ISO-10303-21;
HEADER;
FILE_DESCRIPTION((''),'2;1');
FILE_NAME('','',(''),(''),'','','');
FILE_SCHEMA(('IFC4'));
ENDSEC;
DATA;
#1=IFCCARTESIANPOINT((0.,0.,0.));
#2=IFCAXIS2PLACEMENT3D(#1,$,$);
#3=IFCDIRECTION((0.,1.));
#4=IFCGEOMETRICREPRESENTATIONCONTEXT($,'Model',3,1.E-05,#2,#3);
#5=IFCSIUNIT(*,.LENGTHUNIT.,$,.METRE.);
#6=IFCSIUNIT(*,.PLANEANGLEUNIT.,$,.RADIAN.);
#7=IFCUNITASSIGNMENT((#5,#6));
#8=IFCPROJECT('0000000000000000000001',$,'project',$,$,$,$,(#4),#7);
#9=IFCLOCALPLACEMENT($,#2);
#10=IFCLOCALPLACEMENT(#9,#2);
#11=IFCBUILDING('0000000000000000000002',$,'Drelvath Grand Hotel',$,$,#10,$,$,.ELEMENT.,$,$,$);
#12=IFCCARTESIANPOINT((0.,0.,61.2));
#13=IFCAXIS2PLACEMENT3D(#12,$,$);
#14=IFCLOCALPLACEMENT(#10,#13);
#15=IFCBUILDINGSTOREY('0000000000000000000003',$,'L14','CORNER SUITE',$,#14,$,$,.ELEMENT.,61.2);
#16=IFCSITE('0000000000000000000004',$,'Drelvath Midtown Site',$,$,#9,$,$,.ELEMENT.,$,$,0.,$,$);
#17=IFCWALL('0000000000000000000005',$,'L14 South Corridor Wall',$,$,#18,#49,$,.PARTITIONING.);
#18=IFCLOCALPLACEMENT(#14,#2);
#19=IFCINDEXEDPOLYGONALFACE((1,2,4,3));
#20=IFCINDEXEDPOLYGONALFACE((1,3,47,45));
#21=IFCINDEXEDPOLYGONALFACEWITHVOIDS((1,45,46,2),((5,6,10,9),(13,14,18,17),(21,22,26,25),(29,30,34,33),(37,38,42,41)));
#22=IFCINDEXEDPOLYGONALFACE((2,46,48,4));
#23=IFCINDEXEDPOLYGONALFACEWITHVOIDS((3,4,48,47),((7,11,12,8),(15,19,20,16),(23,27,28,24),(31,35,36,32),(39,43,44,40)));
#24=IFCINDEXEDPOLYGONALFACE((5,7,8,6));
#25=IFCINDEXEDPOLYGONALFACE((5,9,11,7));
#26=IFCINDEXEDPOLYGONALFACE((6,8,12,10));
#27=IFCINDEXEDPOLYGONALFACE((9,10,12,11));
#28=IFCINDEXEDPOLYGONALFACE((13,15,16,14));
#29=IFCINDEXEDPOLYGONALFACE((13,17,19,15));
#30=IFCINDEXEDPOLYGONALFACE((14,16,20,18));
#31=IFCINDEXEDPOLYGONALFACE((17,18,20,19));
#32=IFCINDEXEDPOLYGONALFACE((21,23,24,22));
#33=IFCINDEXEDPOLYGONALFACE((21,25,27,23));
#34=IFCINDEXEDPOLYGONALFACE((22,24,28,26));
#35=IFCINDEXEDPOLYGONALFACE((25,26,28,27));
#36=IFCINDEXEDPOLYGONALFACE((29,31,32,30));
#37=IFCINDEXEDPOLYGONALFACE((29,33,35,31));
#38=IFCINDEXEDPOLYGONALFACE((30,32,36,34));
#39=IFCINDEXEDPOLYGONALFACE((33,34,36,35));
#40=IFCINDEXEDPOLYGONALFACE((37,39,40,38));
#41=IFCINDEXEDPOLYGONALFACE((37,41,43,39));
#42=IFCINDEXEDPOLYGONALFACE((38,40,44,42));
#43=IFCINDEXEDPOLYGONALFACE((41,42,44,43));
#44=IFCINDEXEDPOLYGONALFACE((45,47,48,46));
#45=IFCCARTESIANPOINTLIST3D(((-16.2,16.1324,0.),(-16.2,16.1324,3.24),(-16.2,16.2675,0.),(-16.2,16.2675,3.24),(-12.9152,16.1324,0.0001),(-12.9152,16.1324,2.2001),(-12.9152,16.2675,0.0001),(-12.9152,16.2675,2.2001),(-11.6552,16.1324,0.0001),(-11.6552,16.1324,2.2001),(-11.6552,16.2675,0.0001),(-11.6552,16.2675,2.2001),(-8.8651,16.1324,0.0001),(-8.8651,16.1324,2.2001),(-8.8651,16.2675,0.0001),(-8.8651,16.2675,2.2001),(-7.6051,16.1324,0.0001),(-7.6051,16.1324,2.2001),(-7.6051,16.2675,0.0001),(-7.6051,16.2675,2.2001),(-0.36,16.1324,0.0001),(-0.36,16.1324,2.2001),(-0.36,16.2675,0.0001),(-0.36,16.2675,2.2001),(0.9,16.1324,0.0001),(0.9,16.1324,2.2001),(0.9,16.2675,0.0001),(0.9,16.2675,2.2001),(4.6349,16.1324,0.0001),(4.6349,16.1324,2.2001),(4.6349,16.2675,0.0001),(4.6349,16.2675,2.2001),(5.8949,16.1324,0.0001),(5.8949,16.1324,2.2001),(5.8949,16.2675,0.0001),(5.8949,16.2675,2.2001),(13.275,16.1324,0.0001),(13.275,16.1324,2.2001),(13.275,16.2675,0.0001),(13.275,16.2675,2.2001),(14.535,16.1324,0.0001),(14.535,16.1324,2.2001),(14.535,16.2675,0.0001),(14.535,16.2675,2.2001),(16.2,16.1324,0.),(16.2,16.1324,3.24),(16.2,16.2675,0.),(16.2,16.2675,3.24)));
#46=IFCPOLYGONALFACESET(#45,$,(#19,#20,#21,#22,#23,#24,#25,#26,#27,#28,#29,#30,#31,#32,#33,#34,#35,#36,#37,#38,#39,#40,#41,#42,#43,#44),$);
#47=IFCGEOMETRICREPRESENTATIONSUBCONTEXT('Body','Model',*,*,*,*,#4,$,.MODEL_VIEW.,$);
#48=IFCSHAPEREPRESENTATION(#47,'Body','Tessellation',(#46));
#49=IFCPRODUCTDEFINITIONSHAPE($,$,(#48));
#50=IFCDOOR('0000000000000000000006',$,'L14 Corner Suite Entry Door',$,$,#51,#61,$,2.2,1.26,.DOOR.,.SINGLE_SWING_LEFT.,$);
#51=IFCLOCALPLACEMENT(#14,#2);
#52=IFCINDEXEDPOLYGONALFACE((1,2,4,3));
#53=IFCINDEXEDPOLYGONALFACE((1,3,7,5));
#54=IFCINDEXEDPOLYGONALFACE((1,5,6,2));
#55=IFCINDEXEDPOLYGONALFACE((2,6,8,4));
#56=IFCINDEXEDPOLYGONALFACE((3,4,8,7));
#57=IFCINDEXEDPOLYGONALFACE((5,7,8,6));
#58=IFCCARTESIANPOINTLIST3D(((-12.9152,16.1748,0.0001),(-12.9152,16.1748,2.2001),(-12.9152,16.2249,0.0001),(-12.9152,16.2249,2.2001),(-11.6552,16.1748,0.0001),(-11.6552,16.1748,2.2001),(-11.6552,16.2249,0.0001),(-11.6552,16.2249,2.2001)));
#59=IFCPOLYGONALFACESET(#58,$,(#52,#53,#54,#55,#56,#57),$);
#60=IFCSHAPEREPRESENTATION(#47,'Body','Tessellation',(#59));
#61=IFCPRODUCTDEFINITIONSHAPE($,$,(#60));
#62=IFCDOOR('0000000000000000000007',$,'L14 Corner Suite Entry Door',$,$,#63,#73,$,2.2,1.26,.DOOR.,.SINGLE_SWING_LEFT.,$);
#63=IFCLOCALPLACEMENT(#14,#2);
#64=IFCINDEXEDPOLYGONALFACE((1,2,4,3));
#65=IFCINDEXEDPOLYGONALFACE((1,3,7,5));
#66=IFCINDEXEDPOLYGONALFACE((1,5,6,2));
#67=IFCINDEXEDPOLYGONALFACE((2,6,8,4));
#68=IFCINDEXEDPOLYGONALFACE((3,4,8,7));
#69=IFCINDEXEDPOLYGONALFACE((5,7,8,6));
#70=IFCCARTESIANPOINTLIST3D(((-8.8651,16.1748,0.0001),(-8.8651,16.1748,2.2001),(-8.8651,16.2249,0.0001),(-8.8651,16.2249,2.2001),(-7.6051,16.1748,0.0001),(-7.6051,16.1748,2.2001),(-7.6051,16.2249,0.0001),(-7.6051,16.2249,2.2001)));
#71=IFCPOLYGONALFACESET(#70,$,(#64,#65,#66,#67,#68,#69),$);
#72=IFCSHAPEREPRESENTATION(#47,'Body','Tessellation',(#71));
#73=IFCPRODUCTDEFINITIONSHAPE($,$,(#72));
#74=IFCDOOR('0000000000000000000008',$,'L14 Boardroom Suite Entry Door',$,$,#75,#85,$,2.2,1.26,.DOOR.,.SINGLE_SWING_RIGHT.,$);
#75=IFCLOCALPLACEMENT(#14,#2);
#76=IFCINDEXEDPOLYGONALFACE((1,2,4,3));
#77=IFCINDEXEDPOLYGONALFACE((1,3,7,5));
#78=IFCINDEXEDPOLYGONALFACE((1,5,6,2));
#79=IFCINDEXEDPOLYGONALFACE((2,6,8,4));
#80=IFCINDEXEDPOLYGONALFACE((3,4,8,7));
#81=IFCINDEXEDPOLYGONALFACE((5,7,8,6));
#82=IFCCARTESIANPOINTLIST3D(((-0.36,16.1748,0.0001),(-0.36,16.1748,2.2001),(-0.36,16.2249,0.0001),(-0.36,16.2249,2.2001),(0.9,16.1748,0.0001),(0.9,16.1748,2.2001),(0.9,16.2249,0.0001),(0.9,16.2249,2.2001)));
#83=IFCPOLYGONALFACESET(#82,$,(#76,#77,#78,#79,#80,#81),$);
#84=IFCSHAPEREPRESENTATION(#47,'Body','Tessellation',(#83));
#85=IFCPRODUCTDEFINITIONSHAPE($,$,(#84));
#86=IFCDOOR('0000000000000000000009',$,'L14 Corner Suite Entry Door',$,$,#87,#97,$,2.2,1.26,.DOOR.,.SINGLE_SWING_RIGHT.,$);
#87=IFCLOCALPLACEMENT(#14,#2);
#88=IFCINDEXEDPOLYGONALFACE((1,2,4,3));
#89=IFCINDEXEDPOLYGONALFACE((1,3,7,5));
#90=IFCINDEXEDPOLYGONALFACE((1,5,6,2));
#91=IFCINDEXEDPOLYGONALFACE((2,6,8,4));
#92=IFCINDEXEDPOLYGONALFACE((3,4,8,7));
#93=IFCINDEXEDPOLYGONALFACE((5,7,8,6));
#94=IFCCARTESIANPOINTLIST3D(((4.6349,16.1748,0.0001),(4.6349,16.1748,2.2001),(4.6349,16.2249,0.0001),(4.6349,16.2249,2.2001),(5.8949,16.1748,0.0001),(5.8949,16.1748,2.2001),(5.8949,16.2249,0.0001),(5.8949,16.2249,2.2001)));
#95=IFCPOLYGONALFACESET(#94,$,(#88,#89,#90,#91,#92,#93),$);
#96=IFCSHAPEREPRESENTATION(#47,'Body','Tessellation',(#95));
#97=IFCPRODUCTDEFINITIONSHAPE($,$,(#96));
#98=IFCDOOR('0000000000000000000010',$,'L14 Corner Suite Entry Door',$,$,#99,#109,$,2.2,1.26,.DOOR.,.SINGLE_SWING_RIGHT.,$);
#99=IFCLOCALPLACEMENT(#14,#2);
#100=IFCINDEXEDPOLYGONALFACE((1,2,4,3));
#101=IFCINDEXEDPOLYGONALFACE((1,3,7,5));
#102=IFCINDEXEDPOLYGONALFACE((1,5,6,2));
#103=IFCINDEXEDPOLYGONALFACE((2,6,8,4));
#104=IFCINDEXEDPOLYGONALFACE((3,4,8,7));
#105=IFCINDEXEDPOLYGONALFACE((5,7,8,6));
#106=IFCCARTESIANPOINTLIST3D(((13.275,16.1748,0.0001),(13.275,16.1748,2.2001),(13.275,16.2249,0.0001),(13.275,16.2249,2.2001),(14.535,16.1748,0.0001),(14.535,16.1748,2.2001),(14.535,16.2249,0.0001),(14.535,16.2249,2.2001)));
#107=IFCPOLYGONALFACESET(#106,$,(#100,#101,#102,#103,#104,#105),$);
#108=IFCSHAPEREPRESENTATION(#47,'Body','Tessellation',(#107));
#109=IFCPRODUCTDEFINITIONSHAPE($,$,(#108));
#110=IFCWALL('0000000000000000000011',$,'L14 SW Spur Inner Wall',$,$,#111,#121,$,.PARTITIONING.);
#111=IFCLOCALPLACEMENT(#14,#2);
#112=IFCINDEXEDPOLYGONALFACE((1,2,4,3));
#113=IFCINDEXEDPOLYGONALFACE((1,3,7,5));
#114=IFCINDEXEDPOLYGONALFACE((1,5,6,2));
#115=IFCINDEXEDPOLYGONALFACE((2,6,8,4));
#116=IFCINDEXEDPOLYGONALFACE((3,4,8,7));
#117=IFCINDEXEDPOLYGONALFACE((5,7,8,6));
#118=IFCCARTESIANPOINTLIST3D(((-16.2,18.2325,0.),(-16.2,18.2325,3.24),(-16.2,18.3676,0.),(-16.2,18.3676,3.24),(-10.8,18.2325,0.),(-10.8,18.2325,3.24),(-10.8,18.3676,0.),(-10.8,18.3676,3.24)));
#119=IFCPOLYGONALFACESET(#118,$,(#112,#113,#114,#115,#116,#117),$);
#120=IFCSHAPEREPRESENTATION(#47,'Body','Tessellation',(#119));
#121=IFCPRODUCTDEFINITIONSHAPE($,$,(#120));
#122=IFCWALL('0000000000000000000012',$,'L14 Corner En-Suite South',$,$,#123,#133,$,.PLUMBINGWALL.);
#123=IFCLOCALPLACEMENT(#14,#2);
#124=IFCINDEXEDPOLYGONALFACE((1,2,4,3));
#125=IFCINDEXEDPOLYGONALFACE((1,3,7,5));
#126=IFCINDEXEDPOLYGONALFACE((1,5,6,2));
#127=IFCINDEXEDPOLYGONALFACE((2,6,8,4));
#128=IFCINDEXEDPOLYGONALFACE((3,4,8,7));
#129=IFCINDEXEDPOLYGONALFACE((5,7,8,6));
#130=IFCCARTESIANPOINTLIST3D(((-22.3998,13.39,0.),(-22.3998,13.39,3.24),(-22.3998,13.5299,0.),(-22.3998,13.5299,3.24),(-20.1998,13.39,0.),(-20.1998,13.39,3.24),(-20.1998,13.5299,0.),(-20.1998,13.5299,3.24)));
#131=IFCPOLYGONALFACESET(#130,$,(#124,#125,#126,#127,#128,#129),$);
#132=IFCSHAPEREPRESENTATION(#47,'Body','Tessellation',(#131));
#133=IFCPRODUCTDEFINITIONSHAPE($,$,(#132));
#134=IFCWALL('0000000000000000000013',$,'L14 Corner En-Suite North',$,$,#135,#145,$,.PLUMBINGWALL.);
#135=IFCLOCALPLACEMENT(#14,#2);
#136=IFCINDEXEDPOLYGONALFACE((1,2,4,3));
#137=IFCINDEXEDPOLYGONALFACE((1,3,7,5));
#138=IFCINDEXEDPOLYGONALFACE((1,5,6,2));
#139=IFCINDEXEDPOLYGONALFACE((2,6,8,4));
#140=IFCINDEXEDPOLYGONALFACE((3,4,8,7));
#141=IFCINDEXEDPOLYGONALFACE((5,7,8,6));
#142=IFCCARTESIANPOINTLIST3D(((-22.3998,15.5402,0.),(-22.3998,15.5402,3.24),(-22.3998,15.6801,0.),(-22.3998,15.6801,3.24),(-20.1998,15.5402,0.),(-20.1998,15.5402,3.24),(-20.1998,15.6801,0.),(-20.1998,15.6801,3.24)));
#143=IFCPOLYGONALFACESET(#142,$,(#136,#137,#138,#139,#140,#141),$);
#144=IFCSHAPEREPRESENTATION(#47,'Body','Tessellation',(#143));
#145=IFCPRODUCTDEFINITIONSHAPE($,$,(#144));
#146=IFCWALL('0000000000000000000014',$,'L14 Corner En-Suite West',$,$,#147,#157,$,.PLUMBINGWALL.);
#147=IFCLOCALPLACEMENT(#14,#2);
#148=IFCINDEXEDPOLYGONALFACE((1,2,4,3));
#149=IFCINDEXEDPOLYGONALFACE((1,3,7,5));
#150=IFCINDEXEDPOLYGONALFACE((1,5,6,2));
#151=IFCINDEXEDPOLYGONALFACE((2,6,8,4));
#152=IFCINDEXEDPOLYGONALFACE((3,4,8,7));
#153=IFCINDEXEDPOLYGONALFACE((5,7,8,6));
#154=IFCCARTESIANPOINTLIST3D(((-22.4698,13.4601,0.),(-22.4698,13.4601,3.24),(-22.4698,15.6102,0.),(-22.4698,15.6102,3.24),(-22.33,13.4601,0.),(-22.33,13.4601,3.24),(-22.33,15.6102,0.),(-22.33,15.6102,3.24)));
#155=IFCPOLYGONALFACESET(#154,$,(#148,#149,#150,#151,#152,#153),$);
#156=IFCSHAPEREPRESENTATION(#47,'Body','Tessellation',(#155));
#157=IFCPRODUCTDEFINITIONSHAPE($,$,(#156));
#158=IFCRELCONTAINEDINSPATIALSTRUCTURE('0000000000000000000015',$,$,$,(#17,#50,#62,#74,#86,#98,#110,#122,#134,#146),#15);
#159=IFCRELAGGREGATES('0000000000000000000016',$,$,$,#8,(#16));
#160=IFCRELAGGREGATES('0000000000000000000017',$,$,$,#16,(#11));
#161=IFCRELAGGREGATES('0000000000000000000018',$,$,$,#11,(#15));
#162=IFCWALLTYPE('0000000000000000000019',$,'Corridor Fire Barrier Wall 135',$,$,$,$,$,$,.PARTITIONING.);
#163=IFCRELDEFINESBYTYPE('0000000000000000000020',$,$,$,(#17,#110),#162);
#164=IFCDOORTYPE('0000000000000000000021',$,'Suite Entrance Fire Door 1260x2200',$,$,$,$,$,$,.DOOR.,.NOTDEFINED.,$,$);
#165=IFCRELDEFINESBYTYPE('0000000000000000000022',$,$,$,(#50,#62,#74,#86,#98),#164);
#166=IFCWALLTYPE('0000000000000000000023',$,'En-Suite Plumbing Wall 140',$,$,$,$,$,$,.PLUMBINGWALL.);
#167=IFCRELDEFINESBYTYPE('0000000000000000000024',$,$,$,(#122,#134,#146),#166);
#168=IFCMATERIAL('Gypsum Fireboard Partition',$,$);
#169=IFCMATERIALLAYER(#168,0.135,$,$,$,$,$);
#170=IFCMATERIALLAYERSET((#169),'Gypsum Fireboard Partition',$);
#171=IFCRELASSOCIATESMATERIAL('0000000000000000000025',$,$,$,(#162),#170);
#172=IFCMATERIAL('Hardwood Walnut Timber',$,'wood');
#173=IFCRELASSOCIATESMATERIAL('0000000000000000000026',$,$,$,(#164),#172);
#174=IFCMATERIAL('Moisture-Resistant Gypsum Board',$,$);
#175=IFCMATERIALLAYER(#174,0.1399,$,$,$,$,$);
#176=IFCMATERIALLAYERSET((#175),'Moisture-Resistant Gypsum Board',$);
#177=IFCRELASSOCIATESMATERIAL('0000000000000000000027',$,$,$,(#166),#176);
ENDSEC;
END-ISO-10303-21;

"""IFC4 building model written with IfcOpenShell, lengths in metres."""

from ifc_helpers import new_model, si_unit, direction, frame, frame_2d, origin, place, context, subcontext, project, spatial, rectangle, extrude, material, layer, layer_set, type_object, element, fill, save


model = new_model("IFC4")

# Units and contexts
model_context = context("Model", 3, precision=1e-05, world=origin(), true_north=direction((0.0, 1.0)))
body_context = subcontext(model_context, "Body", "Model", "MODEL_VIEW")
ifc_project = project(units=[si_unit("LENGTHUNIT", "METRE"), si_unit("PLANEANGLEUNIT", "RADIAN")], contexts=[model_context])

# Site, building, storey
site_placement = place(None, origin())
site = spatial("IfcSite", under=ifc_project, at=site_placement, Name="Drelvath Midtown Site", CompositionType="ELEMENT", RefElevation=0.0)
building_placement = place(site_placement, origin())
building = spatial("IfcBuilding", under=site, at=building_placement, Name="Drelvath Grand Hotel", CompositionType="ELEMENT")
storey_placement = place(building_placement, frame((0.0, 0.0, 61.2)))
storey = spatial("IfcBuildingStorey", under=building, at=storey_placement, Name="L14", Description="CORNER SUITE", CompositionType="ELEMENT", Elevation=61.2)

# Wall, openings, doors
ifc_material_1 = material(Name="Gypsum Fireboard Partition")
ifc_layer_1 = layer(ifc_material_1, 0.135)
ifc_layer_set_1 = layer_set([ifc_layer_1], Name="Gypsum Fireboard Partition")
wall_type_1 = type_object("IfcWallType", Name="Corridor Fire Barrier Wall 135", PredefinedType="PARTITIONING", material=ifc_layer_set_1)
wall_1_placement = place(storey_placement, frame((-16.2, 16.2, 0.0), z_axis=(0.0, 0.0, 1.0), x_axis=(1.0, 0.0, 0.0)))
wall_1 = element("IfcWall", 1, at=wall_1_placement, inside=storey, type_object=wall_type_1, Name="L14 South Corridor Wall", PredefinedType="PARTITIONING", context=body_context, shape_type="SweptSolid", body=[
    extrude(rectangle(XDim=32.3999, YDim=0.135, at=frame_2d((16.2, 0.0))), origin(), (0.0, 0.0, 1.0), 3.24),
])
opening_1_placement = place(wall_1_placement, frame((3.2849, 0.0, 0.0)))
opening_1 = element("IfcOpeningElement", 2, at=opening_1_placement, cuts=wall_1, PredefinedType="OPENING", context=body_context, shape_type="SweptSolid", body=[
    extrude(rectangle(XDim=1.26, YDim=2.2, at=frame_2d((0.6299, 1.1001))), frame((0.0, 0.0774, 0.0), z_axis=(0.0, -1.0, 0.0), x_axis=(1.0, 0.0, 0.0)), (0.0, 0.0, 1.0), 0.155),
])
opening_2_placement = place(wall_1_placement, frame((7.335, 0.0, 0.0)))
opening_2 = element("IfcOpeningElement", 3, at=opening_2_placement, cuts=wall_1, PredefinedType="OPENING", context=body_context, shape_type="SweptSolid", body=[
    extrude(rectangle(XDim=1.26, YDim=2.2, at=frame_2d((0.6299, 1.1001))), frame((0.0, 0.0774, 0.0), z_axis=(0.0, -1.0, 0.0), x_axis=(1.0, 0.0, 0.0)), (0.0, 0.0, 1.0), 0.155),
])
opening_3_placement = place(wall_1_placement, frame((15.8401, 0.0, 0.0)))
opening_3 = element("IfcOpeningElement", 4, at=opening_3_placement, cuts=wall_1, PredefinedType="OPENING", context=body_context, shape_type="SweptSolid", body=[
    extrude(rectangle(XDim=1.26, YDim=2.2, at=frame_2d((0.6299, 1.1001))), frame((0.0, 0.0774, 0.0), z_axis=(0.0, -1.0, 0.0), x_axis=(1.0, 0.0, 0.0)), (0.0, 0.0, 1.0), 0.155),
])
opening_4_placement = place(wall_1_placement, frame((20.835, 0.0, 0.0)))
opening_4 = element("IfcOpeningElement", 5, at=opening_4_placement, cuts=wall_1, PredefinedType="OPENING", context=body_context, shape_type="SweptSolid", body=[
    extrude(rectangle(XDim=1.26, YDim=2.2, at=frame_2d((0.6299, 1.1001))), frame((0.0, 0.0774, 0.0), z_axis=(0.0, -1.0, 0.0), x_axis=(1.0, 0.0, 0.0)), (0.0, 0.0, 1.0), 0.155),
])
opening_5_placement = place(wall_1_placement, frame((29.4751, 0.0, 0.0)))
opening_5 = element("IfcOpeningElement", 6, at=opening_5_placement, cuts=wall_1, PredefinedType="OPENING", context=body_context, shape_type="SweptSolid", body=[
    extrude(rectangle(XDim=1.26, YDim=2.2, at=frame_2d((0.6299, 1.1001))), frame((0.0, 0.0774, 0.0), z_axis=(0.0, -1.0, 0.0), x_axis=(1.0, 0.0, 0.0)), (0.0, 0.0, 1.0), 0.155),
])
ifc_material_2 = material(Name="Hardwood Walnut Timber", Category="wood")
door_type_1 = type_object("IfcDoorType", Name="Suite Entrance Fire Door 1260x2200", OperationType="NOTDEFINED", PredefinedType="DOOR", material=ifc_material_2)
door_1_placement = place(opening_1_placement, origin())
door_1 = element("IfcDoor", 7, at=door_1_placement, inside=storey, type_object=door_type_1, Name="L14 Corner Suite Entry Door", OperationType="SINGLE_SWING_LEFT", OverallHeight=2.2, OverallWidth=1.26, PredefinedType="DOOR", context=body_context, shape_type="SweptSolid", body=[
    extrude(rectangle(XDim=1.26, YDim=2.2, at=frame_2d((0.6299, 1.1001))), frame((0.0, 0.0249, 0.0), z_axis=(0.0, -1.0, 0.0), x_axis=(1.0, 0.0, 0.0)), (0.0, 0.0, 1.0), 0.05),
])
fill(opening_1, door_1)
door_2_placement = place(opening_2_placement, origin())
door_2 = element("IfcDoor", 8, at=door_2_placement, inside=storey, type_object=door_type_1, Name="L14 Corner Suite Entry Door", OperationType="SINGLE_SWING_LEFT", OverallHeight=2.2, OverallWidth=1.26, PredefinedType="DOOR", context=body_context, shape_type="SweptSolid", body=[
    extrude(rectangle(XDim=1.26, YDim=2.2, at=frame_2d((0.6299, 1.1001))), frame((0.0, 0.0249, 0.0), z_axis=(0.0, -1.0, 0.0), x_axis=(1.0, 0.0, 0.0)), (0.0, 0.0, 1.0), 0.05),
])
fill(opening_2, door_2)
door_3_placement = place(opening_3_placement, origin())
door_3 = element("IfcDoor", 9, at=door_3_placement, inside=storey, type_object=door_type_1, Name="L14 Boardroom Suite Entry Door", OperationType="SINGLE_SWING_RIGHT", OverallHeight=2.2, OverallWidth=1.26, PredefinedType="DOOR", context=body_context, shape_type="SweptSolid", body=[
    extrude(rectangle(XDim=1.26, YDim=2.2, at=frame_2d((0.6299, 1.1001))), frame((0.0, 0.0249, 0.0), z_axis=(0.0, -1.0, 0.0), x_axis=(1.0, 0.0, 0.0)), (0.0, 0.0, 1.0), 0.05),
])
fill(opening_3, door_3)
door_4_placement = place(opening_4_placement, origin())
door_4 = element("IfcDoor", 10, at=door_4_placement, inside=storey, type_object=door_type_1, Name="L14 Corner Suite Entry Door", OperationType="SINGLE_SWING_RIGHT", OverallHeight=2.2, OverallWidth=1.26, PredefinedType="DOOR", context=body_context, shape_type="SweptSolid", body=[
    extrude(rectangle(XDim=1.26, YDim=2.2, at=frame_2d((0.6299, 1.1001))), frame((0.0, 0.0249, 0.0), z_axis=(0.0, -1.0, 0.0), x_axis=(1.0, 0.0, 0.0)), (0.0, 0.0, 1.0), 0.05),
])
fill(opening_4, door_4)
door_5_placement = place(opening_5_placement, origin())
door_5 = element("IfcDoor", 11, at=door_5_placement, inside=storey, type_object=door_type_1, Name="L14 Corner Suite Entry Door", OperationType="SINGLE_SWING_RIGHT", OverallHeight=2.2, OverallWidth=1.26, PredefinedType="DOOR", context=body_context, shape_type="SweptSolid", body=[
    extrude(rectangle(XDim=1.26, YDim=2.2, at=frame_2d((0.6299, 1.1001))), frame((0.0, 0.0249, 0.0), z_axis=(0.0, -1.0, 0.0), x_axis=(1.0, 0.0, 0.0)), (0.0, 0.0, 1.0), 0.05),
])
fill(opening_5, door_5)

# Wall
wall_2_placement = place(storey_placement, frame((-16.2, 18.3, 0.0), z_axis=(0.0, 0.0, 1.0), x_axis=(1.0, 0.0, 0.0)))
element("IfcWall", 12, at=wall_2_placement, inside=storey, type_object=wall_type_1, Name="L14 SW Spur Inner Wall", PredefinedType="PARTITIONING", context=body_context, shape_type="SweptSolid", body=[
    extrude(rectangle(XDim=5.3999, YDim=0.135, at=frame_2d((2.7, 0.0))), origin(), (0.0, 0.0, 1.0), 3.24),
])

# Walls
ifc_material_3 = material(Name="Moisture-Resistant Gypsum Board")
ifc_layer_2 = layer(ifc_material_3, 0.1399)
ifc_layer_set_2 = layer_set([ifc_layer_2], Name="Moisture-Resistant Gypsum Board")
wall_type_2 = type_object("IfcWallType", Name="En-Suite Plumbing Wall 140", PredefinedType="PLUMBINGWALL", material=ifc_layer_set_2)
for number, where, z_axis, x_axis, name in (
    (13, (-22.3999, 13.46, 0.0), (0.0, 0.0, 1.0), (1.0, 0.0, 0.0), "L14 Corner En-Suite South"),
    (14, (-22.3999, 15.6101, 0.0), (0.0, 0.0, 1.0), (1.0, 0.0, 0.0), "L14 Corner En-Suite North"),
):
    element("IfcWall", number, at=place(storey_placement, frame(where, z_axis=z_axis, x_axis=x_axis)), inside=storey, type_object=wall_type_2, Name=name, PredefinedType="PLUMBINGWALL", context=body_context, shape_type="SweptSolid", body=[
        extrude(rectangle(XDim=2.2, YDim=0.1399, at=frame_2d((1.1001, 0.0))), origin(), (0.0, 0.0, 1.0), 3.24),
    ])
wall_3_placement = place(storey_placement, frame((-22.3999, 13.46, 0.0), z_axis=(0.0, 0.0, 1.0), x_axis=(0.0, 1.0, 0.0)))
element("IfcWall", 15, at=wall_3_placement, inside=storey, type_object=wall_type_2, Name="L14 Corner En-Suite West", PredefinedType="PLUMBINGWALL", context=body_context, shape_type="SweptSolid", body=[
    extrude(rectangle(XDim=2.1501, YDim=0.1399, at=frame_2d((1.0752, 0.0))), origin(), (0.0, 0.0, 1.0), 3.24),
])

save(model, "model.ifc")
